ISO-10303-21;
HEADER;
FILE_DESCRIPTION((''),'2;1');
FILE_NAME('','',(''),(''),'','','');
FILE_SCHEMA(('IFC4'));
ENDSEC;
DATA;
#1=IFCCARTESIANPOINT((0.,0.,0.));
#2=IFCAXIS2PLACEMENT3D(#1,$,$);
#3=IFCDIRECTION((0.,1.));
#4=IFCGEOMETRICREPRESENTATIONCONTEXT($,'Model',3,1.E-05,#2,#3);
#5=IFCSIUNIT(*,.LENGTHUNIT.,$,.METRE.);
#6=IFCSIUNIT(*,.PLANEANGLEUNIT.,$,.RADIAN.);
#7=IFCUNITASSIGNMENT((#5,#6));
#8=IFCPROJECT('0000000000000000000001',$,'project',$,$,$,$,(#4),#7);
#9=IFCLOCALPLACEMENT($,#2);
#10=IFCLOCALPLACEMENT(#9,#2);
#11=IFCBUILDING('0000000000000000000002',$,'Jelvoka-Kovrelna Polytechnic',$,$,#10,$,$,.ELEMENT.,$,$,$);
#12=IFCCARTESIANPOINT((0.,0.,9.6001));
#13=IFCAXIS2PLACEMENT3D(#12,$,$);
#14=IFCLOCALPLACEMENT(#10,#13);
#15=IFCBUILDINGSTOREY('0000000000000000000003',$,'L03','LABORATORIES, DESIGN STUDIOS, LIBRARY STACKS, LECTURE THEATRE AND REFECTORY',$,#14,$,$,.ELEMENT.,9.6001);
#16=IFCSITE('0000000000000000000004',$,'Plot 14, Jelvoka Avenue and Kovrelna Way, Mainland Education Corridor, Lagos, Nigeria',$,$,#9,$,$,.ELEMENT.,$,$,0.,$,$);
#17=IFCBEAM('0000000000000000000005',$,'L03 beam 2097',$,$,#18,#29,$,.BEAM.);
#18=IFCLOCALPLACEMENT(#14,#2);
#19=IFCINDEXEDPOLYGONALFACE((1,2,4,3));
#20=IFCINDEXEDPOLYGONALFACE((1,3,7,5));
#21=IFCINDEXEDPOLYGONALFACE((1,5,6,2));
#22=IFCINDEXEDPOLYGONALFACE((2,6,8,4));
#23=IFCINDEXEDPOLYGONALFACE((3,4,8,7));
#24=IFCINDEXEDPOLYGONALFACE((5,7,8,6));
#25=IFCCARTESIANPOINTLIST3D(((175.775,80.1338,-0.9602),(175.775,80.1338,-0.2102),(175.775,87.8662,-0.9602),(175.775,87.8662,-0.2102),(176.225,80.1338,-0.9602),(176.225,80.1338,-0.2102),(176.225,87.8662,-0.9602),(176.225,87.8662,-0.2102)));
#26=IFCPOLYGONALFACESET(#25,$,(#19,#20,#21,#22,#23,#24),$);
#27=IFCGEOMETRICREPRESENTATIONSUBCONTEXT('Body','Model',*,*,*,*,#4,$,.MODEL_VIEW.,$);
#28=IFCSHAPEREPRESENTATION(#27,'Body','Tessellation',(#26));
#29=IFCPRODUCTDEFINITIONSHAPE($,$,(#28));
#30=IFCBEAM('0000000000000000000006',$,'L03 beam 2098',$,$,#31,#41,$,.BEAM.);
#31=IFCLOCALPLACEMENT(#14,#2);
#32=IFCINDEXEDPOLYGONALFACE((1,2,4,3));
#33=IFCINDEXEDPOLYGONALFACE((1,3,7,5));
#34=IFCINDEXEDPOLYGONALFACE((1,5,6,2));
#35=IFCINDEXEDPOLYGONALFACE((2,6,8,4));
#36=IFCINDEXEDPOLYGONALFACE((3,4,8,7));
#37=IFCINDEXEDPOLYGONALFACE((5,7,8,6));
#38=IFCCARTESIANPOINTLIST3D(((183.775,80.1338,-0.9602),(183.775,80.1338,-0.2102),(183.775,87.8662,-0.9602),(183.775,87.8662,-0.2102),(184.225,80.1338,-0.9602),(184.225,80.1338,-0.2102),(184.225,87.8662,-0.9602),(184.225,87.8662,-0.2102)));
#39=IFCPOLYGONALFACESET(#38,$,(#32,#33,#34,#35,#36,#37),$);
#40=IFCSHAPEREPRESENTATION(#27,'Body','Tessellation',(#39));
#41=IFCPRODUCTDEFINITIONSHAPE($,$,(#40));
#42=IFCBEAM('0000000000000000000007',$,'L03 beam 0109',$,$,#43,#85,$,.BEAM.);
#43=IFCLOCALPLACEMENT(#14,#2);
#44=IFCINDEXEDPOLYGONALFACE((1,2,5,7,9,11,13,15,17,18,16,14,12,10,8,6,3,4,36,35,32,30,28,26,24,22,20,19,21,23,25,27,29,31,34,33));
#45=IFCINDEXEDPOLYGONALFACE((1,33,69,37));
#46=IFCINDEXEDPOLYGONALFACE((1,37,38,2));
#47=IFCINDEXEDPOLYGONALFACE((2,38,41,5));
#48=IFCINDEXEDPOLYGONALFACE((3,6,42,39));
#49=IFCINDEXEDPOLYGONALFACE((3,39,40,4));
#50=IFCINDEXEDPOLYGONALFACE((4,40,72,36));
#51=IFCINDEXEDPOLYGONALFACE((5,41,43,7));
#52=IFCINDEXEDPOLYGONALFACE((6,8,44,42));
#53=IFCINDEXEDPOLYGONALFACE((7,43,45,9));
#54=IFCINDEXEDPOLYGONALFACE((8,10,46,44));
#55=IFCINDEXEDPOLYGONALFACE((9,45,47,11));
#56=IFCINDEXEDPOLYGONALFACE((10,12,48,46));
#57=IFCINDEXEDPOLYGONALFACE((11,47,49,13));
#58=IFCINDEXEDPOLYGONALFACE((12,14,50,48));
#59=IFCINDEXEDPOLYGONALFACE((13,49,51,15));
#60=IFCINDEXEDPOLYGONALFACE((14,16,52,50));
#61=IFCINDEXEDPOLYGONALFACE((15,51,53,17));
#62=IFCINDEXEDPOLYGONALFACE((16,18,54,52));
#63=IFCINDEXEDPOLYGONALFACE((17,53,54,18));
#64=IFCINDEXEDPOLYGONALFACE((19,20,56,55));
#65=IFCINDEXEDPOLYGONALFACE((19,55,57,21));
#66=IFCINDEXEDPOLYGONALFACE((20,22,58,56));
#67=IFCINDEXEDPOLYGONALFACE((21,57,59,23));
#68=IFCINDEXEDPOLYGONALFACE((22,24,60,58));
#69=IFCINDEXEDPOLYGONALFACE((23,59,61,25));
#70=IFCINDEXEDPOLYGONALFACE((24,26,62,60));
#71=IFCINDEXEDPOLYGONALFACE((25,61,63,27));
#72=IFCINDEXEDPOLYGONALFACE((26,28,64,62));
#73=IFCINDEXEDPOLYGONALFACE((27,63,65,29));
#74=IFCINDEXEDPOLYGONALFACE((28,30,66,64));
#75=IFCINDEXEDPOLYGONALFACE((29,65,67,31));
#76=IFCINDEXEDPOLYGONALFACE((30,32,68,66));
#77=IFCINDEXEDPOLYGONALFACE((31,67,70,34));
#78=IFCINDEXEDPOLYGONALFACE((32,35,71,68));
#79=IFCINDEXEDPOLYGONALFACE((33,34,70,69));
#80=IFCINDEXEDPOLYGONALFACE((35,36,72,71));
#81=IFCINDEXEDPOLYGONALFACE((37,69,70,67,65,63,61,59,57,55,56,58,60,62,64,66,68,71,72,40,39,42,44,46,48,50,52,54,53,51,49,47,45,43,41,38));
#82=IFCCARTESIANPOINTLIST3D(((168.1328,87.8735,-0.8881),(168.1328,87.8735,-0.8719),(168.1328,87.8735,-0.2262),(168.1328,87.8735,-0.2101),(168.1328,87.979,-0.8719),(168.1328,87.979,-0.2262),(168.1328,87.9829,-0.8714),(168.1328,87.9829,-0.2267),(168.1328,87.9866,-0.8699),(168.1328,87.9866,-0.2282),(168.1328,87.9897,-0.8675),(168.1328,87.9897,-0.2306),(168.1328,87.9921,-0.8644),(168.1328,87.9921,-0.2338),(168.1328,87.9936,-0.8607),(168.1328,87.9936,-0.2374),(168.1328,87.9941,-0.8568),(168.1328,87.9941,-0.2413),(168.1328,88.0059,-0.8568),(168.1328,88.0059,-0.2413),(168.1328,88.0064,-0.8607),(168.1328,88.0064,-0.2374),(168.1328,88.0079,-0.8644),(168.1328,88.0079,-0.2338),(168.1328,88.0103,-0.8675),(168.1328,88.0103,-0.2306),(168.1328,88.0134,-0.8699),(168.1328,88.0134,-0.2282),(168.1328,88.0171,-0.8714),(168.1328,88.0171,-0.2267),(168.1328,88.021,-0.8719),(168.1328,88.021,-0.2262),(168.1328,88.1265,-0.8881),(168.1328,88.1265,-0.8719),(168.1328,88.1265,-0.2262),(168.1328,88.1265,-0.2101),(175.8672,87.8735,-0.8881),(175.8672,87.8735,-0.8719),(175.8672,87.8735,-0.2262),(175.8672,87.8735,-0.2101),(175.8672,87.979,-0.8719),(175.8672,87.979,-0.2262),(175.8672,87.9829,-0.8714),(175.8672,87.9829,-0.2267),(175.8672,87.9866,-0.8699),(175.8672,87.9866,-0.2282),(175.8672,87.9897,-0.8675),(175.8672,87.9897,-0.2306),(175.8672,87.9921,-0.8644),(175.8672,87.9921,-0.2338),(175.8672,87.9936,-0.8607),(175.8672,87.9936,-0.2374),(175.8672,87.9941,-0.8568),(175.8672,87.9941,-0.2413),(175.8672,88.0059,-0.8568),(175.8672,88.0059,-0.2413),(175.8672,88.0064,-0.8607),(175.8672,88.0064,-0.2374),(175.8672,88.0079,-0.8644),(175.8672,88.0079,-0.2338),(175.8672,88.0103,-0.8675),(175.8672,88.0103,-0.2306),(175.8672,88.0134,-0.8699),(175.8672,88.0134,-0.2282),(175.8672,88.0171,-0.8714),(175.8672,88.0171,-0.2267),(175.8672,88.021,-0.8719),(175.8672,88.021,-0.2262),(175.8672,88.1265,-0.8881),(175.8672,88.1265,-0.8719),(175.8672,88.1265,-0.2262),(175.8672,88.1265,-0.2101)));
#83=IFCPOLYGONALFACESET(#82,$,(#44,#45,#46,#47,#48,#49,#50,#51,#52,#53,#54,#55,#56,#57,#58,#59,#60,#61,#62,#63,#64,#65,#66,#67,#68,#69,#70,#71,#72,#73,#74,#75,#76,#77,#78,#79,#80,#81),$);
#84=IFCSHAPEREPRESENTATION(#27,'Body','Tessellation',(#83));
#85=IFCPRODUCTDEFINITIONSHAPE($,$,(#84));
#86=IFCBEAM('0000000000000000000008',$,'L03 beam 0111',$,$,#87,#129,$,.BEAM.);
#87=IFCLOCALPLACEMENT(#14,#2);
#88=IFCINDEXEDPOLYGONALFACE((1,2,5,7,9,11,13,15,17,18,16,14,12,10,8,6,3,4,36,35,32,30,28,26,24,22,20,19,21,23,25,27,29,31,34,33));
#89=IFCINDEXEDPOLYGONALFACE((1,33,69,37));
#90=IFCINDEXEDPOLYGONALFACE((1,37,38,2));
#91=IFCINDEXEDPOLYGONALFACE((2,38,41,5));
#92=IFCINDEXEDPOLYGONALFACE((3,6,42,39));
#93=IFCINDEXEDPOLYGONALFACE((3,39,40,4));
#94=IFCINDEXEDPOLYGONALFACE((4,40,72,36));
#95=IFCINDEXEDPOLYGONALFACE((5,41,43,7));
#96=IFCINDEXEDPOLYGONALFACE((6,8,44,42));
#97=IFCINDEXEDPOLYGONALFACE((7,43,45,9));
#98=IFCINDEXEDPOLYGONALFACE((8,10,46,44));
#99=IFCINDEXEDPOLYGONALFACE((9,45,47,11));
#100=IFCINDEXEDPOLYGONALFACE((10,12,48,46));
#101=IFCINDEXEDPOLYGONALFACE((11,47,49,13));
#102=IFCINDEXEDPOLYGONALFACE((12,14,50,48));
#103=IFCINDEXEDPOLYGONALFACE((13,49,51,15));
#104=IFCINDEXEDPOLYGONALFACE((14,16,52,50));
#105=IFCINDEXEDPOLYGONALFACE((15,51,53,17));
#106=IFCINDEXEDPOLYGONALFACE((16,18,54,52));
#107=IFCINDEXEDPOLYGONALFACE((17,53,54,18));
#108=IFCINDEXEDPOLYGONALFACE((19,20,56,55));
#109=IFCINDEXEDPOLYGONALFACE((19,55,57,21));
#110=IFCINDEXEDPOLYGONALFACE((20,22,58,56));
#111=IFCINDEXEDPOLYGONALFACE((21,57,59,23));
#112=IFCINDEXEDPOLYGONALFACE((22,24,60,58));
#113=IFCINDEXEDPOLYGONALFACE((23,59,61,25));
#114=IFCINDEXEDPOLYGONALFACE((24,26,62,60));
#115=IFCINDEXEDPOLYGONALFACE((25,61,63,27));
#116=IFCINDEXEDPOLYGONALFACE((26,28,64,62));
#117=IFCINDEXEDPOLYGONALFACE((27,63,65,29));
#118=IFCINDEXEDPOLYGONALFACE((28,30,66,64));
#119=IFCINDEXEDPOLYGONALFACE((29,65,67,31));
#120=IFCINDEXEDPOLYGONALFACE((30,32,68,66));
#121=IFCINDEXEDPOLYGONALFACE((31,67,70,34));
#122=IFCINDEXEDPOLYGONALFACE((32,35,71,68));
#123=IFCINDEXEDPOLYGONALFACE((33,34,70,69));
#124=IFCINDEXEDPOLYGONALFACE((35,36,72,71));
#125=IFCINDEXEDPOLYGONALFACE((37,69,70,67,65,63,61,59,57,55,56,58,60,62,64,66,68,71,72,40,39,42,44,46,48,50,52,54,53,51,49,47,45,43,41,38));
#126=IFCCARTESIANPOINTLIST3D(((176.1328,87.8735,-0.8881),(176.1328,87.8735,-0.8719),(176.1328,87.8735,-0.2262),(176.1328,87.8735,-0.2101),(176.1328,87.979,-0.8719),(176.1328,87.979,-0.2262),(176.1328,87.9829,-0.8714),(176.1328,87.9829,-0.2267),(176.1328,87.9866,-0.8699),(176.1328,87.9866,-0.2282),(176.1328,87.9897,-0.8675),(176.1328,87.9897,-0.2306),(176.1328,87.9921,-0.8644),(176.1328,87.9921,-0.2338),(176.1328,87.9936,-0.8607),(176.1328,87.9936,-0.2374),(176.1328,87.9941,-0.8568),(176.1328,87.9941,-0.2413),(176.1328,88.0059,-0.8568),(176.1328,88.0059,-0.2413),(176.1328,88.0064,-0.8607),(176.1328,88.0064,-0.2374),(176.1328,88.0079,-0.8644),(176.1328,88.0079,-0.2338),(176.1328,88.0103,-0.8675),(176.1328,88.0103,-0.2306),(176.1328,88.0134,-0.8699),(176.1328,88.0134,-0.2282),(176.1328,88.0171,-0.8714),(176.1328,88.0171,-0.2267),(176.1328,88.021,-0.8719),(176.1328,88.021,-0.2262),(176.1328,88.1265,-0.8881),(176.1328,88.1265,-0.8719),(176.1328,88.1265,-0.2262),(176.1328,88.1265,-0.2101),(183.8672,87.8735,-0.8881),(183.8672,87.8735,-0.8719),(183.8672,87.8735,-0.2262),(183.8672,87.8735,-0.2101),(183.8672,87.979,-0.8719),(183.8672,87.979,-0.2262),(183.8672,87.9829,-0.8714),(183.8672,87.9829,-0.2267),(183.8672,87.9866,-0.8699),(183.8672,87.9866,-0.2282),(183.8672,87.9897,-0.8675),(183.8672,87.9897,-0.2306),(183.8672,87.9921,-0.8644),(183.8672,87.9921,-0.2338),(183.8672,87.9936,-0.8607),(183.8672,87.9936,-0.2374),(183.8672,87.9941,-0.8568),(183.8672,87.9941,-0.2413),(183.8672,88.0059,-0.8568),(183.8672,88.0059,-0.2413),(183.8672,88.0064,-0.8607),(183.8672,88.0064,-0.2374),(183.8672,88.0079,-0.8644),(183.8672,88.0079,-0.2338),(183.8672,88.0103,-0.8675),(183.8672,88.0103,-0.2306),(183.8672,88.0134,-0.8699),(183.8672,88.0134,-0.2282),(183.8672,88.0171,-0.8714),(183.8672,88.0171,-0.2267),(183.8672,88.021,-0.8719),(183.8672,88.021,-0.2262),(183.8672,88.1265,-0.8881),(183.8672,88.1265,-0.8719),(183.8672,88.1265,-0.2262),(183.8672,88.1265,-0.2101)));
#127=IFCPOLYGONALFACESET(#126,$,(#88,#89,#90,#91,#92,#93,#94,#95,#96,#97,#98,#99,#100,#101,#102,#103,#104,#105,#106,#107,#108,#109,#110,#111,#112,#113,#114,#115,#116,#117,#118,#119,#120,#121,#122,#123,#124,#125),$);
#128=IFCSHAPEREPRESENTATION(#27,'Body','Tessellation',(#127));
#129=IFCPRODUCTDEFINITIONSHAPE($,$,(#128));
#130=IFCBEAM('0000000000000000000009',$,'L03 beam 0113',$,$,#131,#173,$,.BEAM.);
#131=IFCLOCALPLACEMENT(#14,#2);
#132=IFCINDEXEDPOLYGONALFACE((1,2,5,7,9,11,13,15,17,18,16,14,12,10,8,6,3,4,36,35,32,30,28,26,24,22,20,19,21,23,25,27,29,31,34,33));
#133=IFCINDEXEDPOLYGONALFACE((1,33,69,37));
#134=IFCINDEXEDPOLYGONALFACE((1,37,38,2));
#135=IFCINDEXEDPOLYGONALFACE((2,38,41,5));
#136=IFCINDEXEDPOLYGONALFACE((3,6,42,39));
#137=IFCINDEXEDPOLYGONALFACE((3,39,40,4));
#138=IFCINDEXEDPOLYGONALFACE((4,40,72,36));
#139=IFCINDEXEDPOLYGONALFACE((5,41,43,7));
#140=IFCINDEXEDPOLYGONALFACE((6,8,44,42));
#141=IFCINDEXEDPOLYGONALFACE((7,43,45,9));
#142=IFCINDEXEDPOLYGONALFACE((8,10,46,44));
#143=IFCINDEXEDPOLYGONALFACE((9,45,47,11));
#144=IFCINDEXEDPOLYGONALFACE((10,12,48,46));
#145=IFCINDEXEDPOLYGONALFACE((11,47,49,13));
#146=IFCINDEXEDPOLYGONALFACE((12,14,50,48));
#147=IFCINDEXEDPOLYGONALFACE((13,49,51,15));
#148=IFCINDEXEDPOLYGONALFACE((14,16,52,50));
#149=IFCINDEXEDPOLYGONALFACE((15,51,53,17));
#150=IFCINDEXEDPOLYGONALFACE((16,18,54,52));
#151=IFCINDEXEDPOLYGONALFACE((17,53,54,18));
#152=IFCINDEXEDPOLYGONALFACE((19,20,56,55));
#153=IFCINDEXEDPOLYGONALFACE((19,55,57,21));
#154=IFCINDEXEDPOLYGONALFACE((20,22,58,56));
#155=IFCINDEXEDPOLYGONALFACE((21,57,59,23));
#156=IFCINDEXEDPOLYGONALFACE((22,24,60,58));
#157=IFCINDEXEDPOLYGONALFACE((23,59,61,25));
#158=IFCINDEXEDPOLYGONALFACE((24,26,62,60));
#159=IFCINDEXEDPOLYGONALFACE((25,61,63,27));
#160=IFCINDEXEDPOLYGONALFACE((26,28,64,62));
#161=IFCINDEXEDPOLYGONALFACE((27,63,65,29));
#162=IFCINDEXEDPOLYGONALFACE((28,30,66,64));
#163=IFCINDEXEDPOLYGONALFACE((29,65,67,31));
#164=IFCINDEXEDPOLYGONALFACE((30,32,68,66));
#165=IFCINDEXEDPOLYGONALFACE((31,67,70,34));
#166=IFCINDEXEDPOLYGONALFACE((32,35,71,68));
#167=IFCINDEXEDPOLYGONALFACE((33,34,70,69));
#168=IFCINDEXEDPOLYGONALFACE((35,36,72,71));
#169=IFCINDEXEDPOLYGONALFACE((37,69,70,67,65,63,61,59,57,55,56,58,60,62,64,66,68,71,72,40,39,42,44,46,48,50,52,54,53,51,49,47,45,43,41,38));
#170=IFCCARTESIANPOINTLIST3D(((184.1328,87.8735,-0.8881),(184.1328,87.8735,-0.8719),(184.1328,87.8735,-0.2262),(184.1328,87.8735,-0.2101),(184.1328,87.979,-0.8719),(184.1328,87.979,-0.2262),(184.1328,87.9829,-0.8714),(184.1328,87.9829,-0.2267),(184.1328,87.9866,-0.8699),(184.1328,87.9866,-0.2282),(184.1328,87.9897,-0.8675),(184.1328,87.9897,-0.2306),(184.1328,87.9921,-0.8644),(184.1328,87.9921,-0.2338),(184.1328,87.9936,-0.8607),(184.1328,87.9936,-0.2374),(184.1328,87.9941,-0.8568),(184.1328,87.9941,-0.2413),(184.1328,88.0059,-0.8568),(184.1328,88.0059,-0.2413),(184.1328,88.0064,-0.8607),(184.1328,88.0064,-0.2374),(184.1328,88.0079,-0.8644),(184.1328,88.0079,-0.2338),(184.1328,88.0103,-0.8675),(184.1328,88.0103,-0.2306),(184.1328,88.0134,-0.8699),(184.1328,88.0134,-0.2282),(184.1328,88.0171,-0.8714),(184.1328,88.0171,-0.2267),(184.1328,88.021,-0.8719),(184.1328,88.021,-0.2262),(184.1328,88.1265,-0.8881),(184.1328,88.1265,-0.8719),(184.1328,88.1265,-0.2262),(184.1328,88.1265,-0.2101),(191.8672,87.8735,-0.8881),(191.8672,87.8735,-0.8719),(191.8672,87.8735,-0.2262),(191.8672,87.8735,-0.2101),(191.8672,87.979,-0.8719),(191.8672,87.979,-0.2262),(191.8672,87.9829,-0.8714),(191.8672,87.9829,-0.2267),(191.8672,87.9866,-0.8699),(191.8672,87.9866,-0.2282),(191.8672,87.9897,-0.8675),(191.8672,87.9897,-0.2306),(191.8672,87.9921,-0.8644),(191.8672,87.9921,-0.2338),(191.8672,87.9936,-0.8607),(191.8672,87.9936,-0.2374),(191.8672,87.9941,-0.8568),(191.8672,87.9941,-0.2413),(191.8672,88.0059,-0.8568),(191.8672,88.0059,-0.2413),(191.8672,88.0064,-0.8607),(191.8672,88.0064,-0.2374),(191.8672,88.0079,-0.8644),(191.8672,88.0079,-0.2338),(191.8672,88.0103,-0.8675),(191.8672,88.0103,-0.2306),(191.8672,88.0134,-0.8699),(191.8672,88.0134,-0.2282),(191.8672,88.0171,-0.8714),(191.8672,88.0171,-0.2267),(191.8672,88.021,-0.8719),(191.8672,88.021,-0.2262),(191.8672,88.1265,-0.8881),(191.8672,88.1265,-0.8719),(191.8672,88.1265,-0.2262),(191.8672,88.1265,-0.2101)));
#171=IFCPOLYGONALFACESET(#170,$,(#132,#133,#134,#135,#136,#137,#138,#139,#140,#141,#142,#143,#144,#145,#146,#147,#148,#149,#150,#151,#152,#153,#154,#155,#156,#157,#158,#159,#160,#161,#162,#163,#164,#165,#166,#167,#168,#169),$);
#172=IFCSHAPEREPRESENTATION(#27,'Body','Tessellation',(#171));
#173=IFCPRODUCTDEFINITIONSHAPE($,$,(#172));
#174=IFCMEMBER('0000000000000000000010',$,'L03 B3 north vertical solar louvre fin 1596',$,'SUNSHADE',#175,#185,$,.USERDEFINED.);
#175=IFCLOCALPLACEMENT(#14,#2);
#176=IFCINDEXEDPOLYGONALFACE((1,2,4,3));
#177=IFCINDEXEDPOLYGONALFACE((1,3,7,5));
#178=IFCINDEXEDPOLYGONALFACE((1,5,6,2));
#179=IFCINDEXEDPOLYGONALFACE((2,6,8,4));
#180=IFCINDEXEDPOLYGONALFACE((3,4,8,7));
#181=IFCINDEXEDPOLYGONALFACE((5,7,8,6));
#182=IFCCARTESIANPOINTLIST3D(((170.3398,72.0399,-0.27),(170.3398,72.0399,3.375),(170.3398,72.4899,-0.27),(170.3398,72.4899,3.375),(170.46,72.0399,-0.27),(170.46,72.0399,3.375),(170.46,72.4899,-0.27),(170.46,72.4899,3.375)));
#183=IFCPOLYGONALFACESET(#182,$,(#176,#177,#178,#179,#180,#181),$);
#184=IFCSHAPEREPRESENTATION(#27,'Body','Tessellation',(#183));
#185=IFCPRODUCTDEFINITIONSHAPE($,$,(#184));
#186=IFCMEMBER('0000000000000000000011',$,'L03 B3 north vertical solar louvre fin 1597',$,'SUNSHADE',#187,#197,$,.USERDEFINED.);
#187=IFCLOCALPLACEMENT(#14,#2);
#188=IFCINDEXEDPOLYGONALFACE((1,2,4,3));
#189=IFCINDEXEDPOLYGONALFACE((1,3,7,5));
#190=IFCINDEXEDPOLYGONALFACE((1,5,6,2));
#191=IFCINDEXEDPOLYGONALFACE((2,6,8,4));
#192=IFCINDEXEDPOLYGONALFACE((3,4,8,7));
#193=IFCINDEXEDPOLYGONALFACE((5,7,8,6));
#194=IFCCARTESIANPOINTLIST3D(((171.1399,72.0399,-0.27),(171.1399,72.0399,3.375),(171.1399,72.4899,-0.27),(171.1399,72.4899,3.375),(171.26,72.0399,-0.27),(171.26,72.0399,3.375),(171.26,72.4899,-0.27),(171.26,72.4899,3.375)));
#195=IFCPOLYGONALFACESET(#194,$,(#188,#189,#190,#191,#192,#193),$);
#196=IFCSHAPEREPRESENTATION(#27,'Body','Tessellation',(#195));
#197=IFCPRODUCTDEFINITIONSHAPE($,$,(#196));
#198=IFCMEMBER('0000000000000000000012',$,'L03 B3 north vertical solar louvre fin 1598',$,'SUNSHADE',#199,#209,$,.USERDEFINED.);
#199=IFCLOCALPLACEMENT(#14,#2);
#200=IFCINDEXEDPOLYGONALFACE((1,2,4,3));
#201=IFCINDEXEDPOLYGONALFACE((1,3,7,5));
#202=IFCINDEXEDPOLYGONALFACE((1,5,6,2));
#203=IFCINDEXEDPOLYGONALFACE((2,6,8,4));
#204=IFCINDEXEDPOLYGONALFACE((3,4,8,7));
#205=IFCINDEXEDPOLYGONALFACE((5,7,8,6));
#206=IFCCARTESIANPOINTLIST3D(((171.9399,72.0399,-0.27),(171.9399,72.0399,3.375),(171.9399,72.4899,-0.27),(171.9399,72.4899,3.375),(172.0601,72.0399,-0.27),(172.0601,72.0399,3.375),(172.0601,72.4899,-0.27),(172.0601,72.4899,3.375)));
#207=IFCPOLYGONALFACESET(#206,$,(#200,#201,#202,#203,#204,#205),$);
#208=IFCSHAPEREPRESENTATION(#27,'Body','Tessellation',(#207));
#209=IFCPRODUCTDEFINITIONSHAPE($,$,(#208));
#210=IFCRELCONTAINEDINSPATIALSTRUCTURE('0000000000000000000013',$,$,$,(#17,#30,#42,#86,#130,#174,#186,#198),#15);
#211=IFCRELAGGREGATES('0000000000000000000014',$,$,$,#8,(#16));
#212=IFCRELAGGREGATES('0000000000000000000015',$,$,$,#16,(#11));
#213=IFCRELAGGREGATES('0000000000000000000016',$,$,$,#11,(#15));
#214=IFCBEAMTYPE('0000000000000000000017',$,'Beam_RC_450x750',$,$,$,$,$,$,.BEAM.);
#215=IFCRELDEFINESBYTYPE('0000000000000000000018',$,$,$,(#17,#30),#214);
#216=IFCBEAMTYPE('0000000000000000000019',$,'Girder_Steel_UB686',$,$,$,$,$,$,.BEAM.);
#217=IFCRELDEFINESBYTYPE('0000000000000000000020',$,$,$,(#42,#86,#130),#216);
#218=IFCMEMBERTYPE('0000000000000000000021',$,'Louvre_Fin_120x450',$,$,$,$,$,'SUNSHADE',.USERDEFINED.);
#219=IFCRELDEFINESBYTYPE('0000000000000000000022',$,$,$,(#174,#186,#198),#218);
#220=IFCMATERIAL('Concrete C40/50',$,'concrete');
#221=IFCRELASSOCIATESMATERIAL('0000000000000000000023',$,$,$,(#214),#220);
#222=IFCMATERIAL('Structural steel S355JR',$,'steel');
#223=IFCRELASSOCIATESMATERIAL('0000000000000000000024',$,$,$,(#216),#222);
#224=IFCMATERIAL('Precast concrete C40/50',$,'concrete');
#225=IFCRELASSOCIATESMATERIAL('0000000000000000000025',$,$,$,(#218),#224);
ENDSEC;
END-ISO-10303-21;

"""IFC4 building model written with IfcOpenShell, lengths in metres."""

from ifc_helpers import new_model, si_unit, direction, frame, origin, origin_2d, place, context, subcontext, project, spatial, rectangle, i_section, extrude, material, material_profile, profile_set, type_object, element, save


model = new_model("IFC4")

# Units and contexts
model_context = context("Model", 3, precision=1e-05, world=origin(), true_north=direction((0.0, 1.0)))
body_context = subcontext(model_context, "Body", "Model", "MODEL_VIEW")
ifc_project = project(units=[si_unit("LENGTHUNIT", "METRE"), si_unit("PLANEANGLEUNIT", "RADIAN")], contexts=[model_context])

# Site, building, storey
site_placement = place(None, origin())
site = spatial("IfcSite", under=ifc_project, at=site_placement, Name="Plot 14, Jelvoka Avenue and Kovrelna Way, Mainland Education Corridor, Lagos, Nigeria", CompositionType="ELEMENT", RefElevation=0.0)
building_placement = place(site_placement, origin())
building = spatial("IfcBuilding", under=site, at=building_placement, Name="Jelvoka-Kovrelna Polytechnic", CompositionType="ELEMENT")
storey_placement = place(building_placement, frame((0.0, 0.0, 9.6001)))
storey = spatial("IfcBuildingStorey", under=building, at=storey_placement, Name="L03", Description="LABORATORIES, DESIGN STUDIOS, LIBRARY STACKS, LECTURE THEATRE AND REFECTORY", CompositionType="ELEMENT", Elevation=9.6001)

# Beams
ifc_material_1 = material(Name="Concrete C40/50", Category="concrete")
ifc_material_profile_1 = material_profile(ifc_material_1, rectangle(XDim=0.45, YDim=0.75, at=origin_2d()), Name="RC 450x750")
ifc_profile_set_1 = profile_set([ifc_material_profile_1], Name="Concrete C40/50")
beam_type_1 = type_object("IfcBeamType", Name="Beam_RC_450x750", PredefinedType="BEAM", material=ifc_profile_set_1)
for number, where, z_axis, x_axis, name in (
    (1, (176.0, 80.1338, -0.5852), (0.0, 1.0, 0.0), (-1.0, 0.0, 0.0), "L03 beam 2097"),
    (2, (184.0, 80.1338, -0.5852), (0.0, 1.0, 0.0), (-1.0, 0.0, 0.0), "L03 beam 2098"),
):
    element("IfcBeam", number, at=place(storey_placement, frame(where, z_axis=z_axis, x_axis=x_axis)), inside=storey, type_object=beam_type_1, Name=name, PredefinedType="BEAM", context=body_context, shape_type="SweptSolid", body=[
        extrude(rectangle(XDim=0.45, YDim=0.75, at=origin_2d()), origin(), (0.0, 0.0, 1.0), 7.7324),
    ])
ifc_material_2 = material(Name="Structural steel S355JR", Category="steel")
ifc_material_profile_2 = material_profile(ifc_material_2, i_section(OverallWidth=0.2529, OverallDepth=0.678, WebThickness=0.0117, FlangeThickness=0.0161, FilletRadius=0.0151, at=origin_2d()), Name="686x254x125 UB")
ifc_profile_set_2 = profile_set([ifc_material_profile_2], Name="Structural steel S355JR")
beam_type_2 = type_object("IfcBeamType", Name="Girder_Steel_UB686", PredefinedType="BEAM", material=ifc_profile_set_2)
for number, where, z_axis, x_axis, name in (
    (3, (168.1328, 88.0, -0.5491), (1.0, 0.0, 0.0), (0.0, 1.0, 0.0), "L03 beam 0109"),
    (4, (176.1328, 88.0, -0.5491), (1.0, 0.0, 0.0), (0.0, 1.0, 0.0), "L03 beam 0111"),
    (5, (184.1328, 88.0, -0.5491), (1.0, 0.0, 0.0), (0.0, 1.0, 0.0), "L03 beam 0113"),
):
    element("IfcBeam", number, at=place(storey_placement, frame(where, z_axis=z_axis, x_axis=x_axis)), inside=storey, type_object=beam_type_2, Name=name, PredefinedType="BEAM", context=body_context, shape_type="SweptSolid", body=[
        extrude(i_section(OverallWidth=0.2529, OverallDepth=0.678, WebThickness=0.0117, FlangeThickness=0.0161, FilletRadius=0.0151, at=origin_2d()), origin(), (0.0, 0.0, 1.0), 7.7344),
    ])

# Members
ifc_material_3 = material(Name="Precast concrete C40/50", Category="concrete")
ifc_material_profile_3 = material_profile(ifc_material_3, rectangle(XDim=0.1201, YDim=0.45, at=origin_2d()), Name="PC 120x450")
ifc_profile_set_3 = profile_set([ifc_material_profile_3], Name="Precast concrete C40/50")
member_type_1 = type_object("IfcMemberType", Name="Louvre_Fin_120x450", ElementType="SUNSHADE", PredefinedType="USERDEFINED", material=ifc_profile_set_3)
for number, where, z_axis, x_axis, name in (
    (6, (170.3999, 72.2649, -0.27), (0.0, 0.0, 1.0), (1.0, 0.0, 0.0), "L03 B3 north vertical solar louvre fin 1596"),
    (7, (171.2, 72.2649, -0.27), (0.0, 0.0, 1.0), (1.0, 0.0, 0.0), "L03 B3 north vertical solar louvre fin 1597"),
    (8, (172.0, 72.2649, -0.27), (0.0, 0.0, 1.0), (1.0, 0.0, 0.0), "L03 B3 north vertical solar louvre fin 1598"),
):
    element("IfcMember", number, at=place(storey_placement, frame(where, z_axis=z_axis, x_axis=x_axis)), inside=storey, type_object=member_type_1, Name=name, ObjectType="SUNSHADE", PredefinedType="USERDEFINED", context=body_context, shape_type="SweptSolid", body=[
        extrude(rectangle(XDim=0.1201, YDim=0.45, at=origin_2d()), origin(), (0.0, 0.0, 1.0), 3.645),
    ])

save(model, "model.ifc")
